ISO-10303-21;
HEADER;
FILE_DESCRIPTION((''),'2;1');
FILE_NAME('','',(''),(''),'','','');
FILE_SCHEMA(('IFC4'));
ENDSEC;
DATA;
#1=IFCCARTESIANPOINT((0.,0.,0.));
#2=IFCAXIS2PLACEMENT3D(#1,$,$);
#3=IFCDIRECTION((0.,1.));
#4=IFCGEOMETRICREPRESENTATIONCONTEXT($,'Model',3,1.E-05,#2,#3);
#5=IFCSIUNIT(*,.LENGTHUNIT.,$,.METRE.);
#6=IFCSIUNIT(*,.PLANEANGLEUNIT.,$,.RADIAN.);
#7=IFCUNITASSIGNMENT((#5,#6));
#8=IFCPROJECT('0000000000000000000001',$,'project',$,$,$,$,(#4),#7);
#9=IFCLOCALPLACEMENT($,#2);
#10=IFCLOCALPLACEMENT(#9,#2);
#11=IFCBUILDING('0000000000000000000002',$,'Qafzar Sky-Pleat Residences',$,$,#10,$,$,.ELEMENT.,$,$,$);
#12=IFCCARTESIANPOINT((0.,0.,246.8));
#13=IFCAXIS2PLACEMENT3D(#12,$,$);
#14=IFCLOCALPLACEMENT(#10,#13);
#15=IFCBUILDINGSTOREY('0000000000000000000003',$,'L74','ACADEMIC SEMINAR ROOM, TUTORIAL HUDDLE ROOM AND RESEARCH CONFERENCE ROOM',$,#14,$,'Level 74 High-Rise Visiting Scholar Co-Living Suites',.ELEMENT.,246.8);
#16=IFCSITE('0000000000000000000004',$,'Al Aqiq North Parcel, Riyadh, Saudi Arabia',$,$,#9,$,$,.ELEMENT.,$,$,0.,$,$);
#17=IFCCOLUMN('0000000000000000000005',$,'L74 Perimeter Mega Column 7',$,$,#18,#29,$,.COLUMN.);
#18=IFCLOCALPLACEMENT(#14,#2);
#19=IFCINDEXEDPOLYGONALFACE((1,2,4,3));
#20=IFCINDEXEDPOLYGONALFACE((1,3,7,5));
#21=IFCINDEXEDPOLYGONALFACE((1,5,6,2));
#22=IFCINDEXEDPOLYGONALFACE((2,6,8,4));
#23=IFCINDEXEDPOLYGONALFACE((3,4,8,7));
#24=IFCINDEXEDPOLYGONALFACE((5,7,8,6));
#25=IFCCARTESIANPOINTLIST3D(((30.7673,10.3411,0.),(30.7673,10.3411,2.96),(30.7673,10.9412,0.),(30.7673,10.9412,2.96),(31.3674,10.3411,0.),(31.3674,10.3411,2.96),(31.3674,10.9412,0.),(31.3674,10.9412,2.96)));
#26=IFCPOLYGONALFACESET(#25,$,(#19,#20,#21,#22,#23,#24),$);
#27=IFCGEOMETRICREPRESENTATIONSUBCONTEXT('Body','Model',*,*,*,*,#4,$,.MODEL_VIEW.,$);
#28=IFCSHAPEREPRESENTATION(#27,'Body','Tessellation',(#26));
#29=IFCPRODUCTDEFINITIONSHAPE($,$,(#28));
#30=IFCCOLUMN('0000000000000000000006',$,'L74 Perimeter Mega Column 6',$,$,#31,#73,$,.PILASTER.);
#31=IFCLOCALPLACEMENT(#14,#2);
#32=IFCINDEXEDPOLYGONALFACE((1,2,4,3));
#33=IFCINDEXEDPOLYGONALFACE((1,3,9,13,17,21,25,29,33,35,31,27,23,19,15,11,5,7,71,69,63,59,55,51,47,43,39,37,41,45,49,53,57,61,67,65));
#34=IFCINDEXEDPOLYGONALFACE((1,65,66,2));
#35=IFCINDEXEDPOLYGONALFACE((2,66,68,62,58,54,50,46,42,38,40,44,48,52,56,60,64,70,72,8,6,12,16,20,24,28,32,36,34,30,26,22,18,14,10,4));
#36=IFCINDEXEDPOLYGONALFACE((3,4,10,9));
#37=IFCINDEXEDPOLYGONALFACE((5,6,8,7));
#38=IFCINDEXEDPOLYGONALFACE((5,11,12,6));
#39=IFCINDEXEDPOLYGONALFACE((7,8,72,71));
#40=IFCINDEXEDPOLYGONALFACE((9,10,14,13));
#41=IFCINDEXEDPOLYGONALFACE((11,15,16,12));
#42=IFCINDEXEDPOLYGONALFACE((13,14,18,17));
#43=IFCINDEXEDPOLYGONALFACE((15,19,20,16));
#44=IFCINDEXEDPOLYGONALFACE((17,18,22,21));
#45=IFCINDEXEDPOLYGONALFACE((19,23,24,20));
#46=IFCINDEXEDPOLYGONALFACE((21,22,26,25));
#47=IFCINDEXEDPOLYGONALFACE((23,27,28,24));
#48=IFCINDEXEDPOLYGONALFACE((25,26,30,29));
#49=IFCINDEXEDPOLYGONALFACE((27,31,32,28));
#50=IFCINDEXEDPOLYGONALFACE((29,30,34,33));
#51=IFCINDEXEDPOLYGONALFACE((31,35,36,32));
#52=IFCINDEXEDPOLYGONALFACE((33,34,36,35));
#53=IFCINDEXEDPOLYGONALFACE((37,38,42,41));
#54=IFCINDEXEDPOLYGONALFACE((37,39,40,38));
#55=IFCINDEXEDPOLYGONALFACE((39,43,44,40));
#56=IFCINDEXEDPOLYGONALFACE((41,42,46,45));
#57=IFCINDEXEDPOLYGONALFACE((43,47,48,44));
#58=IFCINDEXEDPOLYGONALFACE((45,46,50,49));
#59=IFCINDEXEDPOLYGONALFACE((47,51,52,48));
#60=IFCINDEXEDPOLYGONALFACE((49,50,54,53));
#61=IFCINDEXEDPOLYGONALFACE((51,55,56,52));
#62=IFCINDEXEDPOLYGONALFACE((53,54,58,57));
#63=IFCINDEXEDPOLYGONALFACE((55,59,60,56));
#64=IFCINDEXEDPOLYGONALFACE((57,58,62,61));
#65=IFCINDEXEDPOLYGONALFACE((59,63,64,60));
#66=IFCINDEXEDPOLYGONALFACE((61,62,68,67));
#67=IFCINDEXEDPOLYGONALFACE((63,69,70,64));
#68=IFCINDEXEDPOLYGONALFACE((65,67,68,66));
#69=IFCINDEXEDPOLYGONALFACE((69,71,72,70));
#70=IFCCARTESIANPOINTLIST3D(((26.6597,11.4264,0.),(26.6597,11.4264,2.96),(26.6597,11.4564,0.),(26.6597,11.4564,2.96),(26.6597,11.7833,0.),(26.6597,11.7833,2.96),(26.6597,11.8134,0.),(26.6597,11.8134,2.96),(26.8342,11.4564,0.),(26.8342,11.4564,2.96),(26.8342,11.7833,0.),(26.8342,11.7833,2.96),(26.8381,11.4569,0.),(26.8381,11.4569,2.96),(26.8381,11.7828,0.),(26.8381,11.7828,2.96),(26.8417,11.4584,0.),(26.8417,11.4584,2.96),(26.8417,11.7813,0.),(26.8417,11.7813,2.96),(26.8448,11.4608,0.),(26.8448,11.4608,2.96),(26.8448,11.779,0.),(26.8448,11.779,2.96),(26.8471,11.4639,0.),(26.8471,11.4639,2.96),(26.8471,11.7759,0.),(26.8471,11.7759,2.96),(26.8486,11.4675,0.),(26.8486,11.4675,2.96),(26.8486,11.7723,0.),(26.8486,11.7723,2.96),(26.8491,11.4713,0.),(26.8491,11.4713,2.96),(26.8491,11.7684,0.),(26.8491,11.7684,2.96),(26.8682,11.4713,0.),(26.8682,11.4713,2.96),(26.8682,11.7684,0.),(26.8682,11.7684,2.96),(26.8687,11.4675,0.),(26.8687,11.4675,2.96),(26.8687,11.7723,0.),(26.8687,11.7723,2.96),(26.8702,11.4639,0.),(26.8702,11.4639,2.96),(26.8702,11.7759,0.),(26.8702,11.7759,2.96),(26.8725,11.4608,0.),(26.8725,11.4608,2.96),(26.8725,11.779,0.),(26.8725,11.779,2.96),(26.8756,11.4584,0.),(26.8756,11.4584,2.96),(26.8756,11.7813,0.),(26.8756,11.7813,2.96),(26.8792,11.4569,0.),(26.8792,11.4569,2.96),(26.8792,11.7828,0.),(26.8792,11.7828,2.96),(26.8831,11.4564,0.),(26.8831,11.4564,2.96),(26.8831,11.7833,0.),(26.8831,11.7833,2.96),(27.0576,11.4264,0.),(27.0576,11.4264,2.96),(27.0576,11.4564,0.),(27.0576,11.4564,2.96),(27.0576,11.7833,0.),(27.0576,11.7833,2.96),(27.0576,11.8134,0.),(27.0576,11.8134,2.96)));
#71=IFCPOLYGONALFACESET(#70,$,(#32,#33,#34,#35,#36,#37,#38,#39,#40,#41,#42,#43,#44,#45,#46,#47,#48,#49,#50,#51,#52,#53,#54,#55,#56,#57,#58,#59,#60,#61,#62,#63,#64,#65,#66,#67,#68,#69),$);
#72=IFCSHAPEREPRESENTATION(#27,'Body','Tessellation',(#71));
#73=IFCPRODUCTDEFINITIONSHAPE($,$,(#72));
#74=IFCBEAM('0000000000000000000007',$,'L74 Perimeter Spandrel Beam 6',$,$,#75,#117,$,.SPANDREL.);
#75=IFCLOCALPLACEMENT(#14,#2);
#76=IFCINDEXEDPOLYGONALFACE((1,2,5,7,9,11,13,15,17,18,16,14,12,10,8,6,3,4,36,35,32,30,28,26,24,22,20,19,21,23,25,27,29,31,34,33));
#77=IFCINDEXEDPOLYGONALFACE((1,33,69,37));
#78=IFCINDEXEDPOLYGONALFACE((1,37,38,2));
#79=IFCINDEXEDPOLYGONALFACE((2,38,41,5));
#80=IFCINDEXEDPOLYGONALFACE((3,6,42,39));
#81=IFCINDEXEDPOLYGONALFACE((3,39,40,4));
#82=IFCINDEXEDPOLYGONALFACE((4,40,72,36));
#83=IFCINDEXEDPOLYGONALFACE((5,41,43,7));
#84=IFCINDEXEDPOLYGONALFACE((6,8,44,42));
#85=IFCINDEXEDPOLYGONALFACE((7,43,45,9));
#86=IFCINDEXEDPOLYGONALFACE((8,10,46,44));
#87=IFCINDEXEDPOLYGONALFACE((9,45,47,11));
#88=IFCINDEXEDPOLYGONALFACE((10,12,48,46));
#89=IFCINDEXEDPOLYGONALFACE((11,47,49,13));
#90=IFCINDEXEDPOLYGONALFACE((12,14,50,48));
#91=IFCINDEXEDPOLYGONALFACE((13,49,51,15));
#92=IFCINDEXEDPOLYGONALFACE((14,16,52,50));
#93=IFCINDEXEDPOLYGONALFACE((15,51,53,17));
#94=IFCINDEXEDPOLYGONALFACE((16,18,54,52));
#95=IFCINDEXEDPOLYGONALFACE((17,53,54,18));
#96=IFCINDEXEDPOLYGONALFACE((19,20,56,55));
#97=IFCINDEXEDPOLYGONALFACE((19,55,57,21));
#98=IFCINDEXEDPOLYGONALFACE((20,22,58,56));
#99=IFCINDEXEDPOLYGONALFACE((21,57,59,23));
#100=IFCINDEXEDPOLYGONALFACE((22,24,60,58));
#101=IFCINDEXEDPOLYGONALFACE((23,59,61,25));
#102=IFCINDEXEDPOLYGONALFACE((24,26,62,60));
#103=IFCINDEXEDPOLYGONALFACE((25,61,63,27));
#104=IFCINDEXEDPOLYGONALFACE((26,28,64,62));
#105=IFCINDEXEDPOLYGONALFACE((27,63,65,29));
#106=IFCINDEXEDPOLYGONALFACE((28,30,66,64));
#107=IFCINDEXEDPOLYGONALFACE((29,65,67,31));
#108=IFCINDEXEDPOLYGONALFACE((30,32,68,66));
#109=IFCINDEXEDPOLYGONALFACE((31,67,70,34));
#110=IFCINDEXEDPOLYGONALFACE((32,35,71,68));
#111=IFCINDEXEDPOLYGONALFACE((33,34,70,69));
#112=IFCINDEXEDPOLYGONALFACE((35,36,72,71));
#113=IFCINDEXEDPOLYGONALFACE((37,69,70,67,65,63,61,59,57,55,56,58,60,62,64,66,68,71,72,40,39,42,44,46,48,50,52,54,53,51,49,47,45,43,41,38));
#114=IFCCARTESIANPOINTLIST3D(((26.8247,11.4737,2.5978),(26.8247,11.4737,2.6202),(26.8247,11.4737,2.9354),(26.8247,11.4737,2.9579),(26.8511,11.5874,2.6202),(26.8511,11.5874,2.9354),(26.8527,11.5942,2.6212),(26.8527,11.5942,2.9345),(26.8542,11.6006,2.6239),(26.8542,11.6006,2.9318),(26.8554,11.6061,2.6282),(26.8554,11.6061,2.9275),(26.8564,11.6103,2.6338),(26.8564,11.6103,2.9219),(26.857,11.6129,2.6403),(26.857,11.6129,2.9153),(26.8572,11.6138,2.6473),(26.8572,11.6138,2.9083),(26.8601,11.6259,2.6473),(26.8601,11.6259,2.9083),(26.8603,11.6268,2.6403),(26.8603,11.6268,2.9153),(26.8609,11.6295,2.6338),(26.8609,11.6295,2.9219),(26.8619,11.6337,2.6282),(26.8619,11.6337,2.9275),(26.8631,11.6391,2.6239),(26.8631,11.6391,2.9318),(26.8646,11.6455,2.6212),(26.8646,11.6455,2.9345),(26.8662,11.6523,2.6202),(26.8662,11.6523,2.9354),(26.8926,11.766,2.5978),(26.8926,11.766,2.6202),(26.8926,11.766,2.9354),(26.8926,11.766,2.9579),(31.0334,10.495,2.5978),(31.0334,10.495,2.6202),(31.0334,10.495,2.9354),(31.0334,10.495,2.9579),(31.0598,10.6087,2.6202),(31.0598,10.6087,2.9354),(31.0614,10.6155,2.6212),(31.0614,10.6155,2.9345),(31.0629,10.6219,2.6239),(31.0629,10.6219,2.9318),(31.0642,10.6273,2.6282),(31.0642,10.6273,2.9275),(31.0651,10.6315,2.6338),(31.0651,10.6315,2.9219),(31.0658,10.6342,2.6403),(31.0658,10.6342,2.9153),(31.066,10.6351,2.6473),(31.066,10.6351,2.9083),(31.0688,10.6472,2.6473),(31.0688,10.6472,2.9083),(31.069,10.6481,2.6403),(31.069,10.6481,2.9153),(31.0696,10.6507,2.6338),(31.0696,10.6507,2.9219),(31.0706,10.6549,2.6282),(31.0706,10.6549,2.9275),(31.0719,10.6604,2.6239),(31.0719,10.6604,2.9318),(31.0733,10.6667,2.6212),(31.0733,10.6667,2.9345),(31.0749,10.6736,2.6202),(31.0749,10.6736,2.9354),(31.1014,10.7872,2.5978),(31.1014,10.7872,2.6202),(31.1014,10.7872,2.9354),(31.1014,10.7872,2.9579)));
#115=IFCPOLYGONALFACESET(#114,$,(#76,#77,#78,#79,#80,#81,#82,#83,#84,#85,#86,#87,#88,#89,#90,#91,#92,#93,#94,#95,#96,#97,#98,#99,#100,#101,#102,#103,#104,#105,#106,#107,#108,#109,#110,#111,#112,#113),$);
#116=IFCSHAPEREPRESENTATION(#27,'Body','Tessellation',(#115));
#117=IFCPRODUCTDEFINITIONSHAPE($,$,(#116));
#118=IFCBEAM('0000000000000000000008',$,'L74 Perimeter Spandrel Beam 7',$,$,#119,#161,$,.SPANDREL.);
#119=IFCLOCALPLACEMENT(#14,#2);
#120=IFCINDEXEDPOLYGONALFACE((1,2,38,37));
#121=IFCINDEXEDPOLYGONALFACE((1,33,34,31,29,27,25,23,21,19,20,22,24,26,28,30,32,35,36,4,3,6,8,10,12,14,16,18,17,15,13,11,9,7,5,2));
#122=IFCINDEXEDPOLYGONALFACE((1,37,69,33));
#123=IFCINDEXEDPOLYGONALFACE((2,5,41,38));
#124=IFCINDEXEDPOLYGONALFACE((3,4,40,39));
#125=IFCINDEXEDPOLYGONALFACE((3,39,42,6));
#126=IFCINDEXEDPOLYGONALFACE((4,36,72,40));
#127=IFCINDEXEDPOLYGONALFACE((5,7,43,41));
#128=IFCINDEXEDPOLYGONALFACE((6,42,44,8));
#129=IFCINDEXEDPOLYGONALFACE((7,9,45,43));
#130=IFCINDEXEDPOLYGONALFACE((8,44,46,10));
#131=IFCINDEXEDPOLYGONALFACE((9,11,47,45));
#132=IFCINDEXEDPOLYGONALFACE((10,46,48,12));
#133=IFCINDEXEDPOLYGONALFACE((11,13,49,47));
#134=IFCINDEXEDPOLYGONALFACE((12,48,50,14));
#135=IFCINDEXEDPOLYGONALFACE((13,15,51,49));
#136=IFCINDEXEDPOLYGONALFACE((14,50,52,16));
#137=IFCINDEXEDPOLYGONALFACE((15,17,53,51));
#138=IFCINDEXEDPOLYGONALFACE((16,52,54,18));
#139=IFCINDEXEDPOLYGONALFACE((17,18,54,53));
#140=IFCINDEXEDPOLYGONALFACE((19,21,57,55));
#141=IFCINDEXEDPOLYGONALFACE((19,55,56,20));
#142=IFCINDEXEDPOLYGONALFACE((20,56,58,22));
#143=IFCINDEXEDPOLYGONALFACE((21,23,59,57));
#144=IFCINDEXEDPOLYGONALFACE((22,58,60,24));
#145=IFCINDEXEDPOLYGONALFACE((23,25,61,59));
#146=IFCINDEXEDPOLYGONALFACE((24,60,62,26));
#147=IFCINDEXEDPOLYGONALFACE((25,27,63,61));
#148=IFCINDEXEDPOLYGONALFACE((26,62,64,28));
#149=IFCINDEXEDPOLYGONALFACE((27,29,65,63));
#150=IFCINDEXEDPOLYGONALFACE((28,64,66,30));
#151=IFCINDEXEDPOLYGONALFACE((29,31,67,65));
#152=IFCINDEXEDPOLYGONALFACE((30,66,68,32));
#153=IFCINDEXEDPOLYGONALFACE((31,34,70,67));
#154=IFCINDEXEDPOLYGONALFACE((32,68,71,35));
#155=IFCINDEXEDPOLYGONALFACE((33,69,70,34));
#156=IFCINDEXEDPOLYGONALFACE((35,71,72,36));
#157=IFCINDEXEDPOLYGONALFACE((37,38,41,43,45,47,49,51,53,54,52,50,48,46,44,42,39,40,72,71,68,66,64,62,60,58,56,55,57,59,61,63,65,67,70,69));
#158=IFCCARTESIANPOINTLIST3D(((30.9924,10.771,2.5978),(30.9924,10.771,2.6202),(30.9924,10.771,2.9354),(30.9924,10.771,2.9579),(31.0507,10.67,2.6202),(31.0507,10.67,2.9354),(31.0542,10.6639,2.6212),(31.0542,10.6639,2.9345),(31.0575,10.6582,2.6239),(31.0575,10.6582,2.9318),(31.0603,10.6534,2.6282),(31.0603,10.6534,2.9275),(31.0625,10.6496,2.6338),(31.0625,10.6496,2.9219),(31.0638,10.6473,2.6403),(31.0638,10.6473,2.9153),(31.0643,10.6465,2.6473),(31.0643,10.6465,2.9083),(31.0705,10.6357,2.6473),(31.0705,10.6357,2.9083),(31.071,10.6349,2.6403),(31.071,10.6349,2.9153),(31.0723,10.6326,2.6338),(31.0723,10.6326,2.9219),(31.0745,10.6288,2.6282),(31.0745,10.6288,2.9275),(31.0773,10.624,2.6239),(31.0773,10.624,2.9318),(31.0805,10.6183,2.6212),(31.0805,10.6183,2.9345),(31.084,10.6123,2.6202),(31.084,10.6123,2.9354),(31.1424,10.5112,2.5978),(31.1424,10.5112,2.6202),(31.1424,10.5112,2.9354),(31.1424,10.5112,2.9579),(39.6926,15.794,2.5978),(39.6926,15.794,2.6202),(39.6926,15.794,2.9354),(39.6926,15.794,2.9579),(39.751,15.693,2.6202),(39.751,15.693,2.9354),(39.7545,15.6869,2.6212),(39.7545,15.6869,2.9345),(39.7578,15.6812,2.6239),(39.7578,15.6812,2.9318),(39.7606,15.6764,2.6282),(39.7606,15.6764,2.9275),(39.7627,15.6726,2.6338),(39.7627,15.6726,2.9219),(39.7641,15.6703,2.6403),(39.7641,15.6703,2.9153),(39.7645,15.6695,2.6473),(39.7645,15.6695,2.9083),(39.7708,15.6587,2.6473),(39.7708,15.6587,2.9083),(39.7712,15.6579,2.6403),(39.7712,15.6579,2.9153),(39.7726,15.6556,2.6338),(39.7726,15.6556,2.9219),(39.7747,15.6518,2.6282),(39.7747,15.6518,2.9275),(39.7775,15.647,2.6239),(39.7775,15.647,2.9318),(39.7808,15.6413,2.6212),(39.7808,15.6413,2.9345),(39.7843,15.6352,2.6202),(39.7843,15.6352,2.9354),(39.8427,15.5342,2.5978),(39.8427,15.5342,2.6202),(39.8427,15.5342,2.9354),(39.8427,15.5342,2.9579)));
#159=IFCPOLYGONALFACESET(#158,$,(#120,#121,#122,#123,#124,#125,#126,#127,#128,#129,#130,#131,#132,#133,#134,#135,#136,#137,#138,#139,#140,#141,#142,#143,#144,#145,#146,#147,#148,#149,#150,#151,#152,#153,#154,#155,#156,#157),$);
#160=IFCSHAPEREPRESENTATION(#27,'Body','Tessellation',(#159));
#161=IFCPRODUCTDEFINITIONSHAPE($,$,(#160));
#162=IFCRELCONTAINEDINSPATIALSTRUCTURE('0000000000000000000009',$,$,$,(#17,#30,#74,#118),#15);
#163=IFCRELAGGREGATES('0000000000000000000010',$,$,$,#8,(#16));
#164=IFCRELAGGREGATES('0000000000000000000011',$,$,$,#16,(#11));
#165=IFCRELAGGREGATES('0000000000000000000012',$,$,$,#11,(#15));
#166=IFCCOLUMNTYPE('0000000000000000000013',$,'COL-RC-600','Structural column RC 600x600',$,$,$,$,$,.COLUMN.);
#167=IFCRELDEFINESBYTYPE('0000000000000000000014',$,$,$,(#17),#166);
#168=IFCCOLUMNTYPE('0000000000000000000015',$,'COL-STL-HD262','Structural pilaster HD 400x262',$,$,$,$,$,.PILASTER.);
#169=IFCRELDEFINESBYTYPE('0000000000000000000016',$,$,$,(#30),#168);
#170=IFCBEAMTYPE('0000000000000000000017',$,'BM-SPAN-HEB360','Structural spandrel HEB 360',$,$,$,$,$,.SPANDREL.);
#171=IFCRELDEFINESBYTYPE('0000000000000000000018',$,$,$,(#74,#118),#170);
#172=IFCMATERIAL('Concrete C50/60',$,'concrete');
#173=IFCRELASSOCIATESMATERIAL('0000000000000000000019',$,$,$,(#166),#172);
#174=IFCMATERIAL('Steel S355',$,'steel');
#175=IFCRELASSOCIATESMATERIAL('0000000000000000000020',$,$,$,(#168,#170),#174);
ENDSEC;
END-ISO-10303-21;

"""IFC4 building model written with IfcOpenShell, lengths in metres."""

from ifc_helpers import new_model, si_unit, direction, frame, origin, origin_2d, place, context, subcontext, project, spatial, rectangle, i_section, extrude, source, transform, mapped, material, material_profile, profile_set, type_object, element, save


model = new_model("IFC4")

# Units and contexts
model_context = context("Model", 3, precision=1e-05, world=origin(), true_north=direction((0.0, 1.0)))
body_context = subcontext(model_context, "Body", "Model", "MODEL_VIEW")
ifc_project = project(units=[si_unit("LENGTHUNIT", "METRE"), si_unit("PLANEANGLEUNIT", "RADIAN")], contexts=[model_context])

# Site, building, storey
site_placement = place(None, origin())
site = spatial("IfcSite", under=ifc_project, at=site_placement, Name="Al Aqiq North Parcel, Riyadh, Saudi Arabia", CompositionType="ELEMENT", RefElevation=0.0)
building_placement = place(site_placement, origin())
building = spatial("IfcBuilding", under=site, at=building_placement, Name="Qafzar Sky-Pleat Residences", CompositionType="ELEMENT")
storey_placement = place(building_placement, frame((0.0, 0.0, 246.8)))
storey = spatial("IfcBuildingStorey", under=building, at=storey_placement, Name="L74", Description="ACADEMIC SEMINAR ROOM, TUTORIAL HUDDLE ROOM AND RESEARCH CONFERENCE ROOM", LongName="Level 74 High-Rise Visiting Scholar Co-Living Suites", CompositionType="ELEMENT", Elevation=246.8)

# Columns
ifc_material_1 = material(Name="Concrete C50/60", Category="concrete")
ifc_material_profile_1 = material_profile(ifc_material_1, rectangle(XDim=0.6001, YDim=0.6001, at=origin_2d()), Name="RC 600x600")
ifc_profile_set_1 = profile_set([ifc_material_profile_1], Name="Concrete C50/60")
column_type_1 = type_object("IfcColumnType", Name="COL-RC-600", Description="Structural column RC 600x600", PredefinedType="COLUMN", material=ifc_profile_set_1)
shared_shape_1 = source(origin(), body_context, "Body", "SweptSolid", [
    extrude(rectangle(XDim=0.6001, YDim=0.6001, at=origin_2d()), origin(), (0.0, 0.0, 1.0), 2.96),
])
column_1_placement = place(storey_placement, frame((31.0674, 10.6411, 0.0), z_axis=(0.0, 0.0, 1.0), x_axis=(1.0, 0.0, 0.0)))
element("IfcColumn", 1, at=column_1_placement, inside=storey, type_object=column_type_1, Name="L74 Perimeter Mega Column 7", PredefinedType="COLUMN", context=body_context, shape_type="MappedRepresentation", body=[
    mapped(shared_shape_1, transform((0.0, 0.0, 0.0), x_axis=(1.0, 0.0, 0.0), y_axis=(0.0, 1.0, 0.0), z_axis=(0.0, 0.0, 1.0), scale=1.0)),
])
ifc_material_2 = material(Name="Steel S355", Category="steel")
ifc_material_profile_2 = material_profile(ifc_material_2, i_section(OverallWidth=0.3979, OverallDepth=0.387, WebThickness=0.019, FlangeThickness=0.03, FilletRadius=0.0149, at=origin_2d()), Name="HD 400x262")
ifc_profile_set_2 = profile_set([ifc_material_profile_2], Name="Steel S355")
column_type_2 = type_object("IfcColumnType", Name="COL-STL-HD262", Description="Structural pilaster HD 400x262", PredefinedType="PILASTER", material=ifc_profile_set_2)
shared_shape_2 = source(origin(), body_context, "Body", "SweptSolid", [
    extrude(i_section(OverallWidth=0.3979, OverallDepth=0.387, WebThickness=0.019, FlangeThickness=0.03, FilletRadius=0.0149, at=origin_2d()), origin(), (0.0, 0.0, 1.0), 2.96),
])
column_2_placement = place(storey_placement, frame((26.8586, 11.6199, 0.0), z_axis=(0.0, 0.0, 1.0), x_axis=(1.0, 0.0, 0.0)))
element("IfcColumn", 2, at=column_2_placement, inside=storey, type_object=column_type_2, Name="L74 Perimeter Mega Column 6", PredefinedType="PILASTER", context=body_context, shape_type="MappedRepresentation", body=[
    mapped(shared_shape_2, transform((0.0, 0.0, 0.0), x_axis=(1.0, 0.0, 0.0), y_axis=(0.0, 1.0, 0.0), z_axis=(0.0, 0.0, 1.0), scale=1.0)),
])

# Beams
ifc_material_profile_3 = material_profile(ifc_material_2, i_section(OverallWidth=0.3, OverallDepth=0.3601, WebThickness=0.0125, FlangeThickness=0.0225, FilletRadius=0.0271, at=origin_2d()), Name="HEB 360")
ifc_profile_set_3 = profile_set([ifc_material_profile_3], Name="Steel S355")
beam_type_1 = type_object("IfcBeamType", Name="BM-SPAN-HEB360", Description="Structural spandrel HEB 360", PredefinedType="SPANDREL", material=ifc_profile_set_3)
shared_shape_3 = source(origin(), body_context, "Body", "SweptSolid", [
    extrude(i_section(OverallWidth=0.3, OverallDepth=0.3601, WebThickness=0.0125, FlangeThickness=0.0225, FilletRadius=0.0271, at=origin_2d()), origin(), (0.0, 0.0, 1.0), 4.321),
])
beam_1_placement = place(storey_placement, frame((26.8586, 11.6199, 2.7778), z_axis=(0.974009, -0.22651, 0.0), x_axis=(0.22651, 0.974009, 0.0)))
element("IfcBeam", 3, at=beam_1_placement, inside=storey, type_object=beam_type_1, Name="L74 Perimeter Spandrel Beam 6", PredefinedType="SPANDREL", context=body_context, shape_type="MappedRepresentation", body=[
    mapped(shared_shape_3, transform((0.0, 0.0, 0.0), x_axis=(1.0, 0.0, 0.0), y_axis=(0.0, 1.0, 0.0), z_axis=(0.0, 0.0, 1.0), scale=1.0)),
])
shared_shape_4 = source(origin(), body_context, "Body", "SweptSolid", [
    extrude(i_section(OverallWidth=0.3, OverallDepth=0.3601, WebThickness=0.0125, FlangeThickness=0.0225, FilletRadius=0.0271, at=origin_2d()), origin(), (0.0, 0.0, 1.0), 10.0461),
])
beam_2_placement = place(storey_placement, frame((31.0674, 10.6411, 2.7778), z_axis=(0.86603, 0.499992, 0.0), x_axis=(-0.499992, 0.86603, 0.0)))
element("IfcBeam", 4, at=beam_2_placement, inside=storey, type_object=beam_type_1, Name="L74 Perimeter Spandrel Beam 7", PredefinedType="SPANDREL", context=body_context, shape_type="MappedRepresentation", body=[
    mapped(shared_shape_4, transform((0.0, 0.0, 0.0), x_axis=(1.0, 0.0, 0.0), y_axis=(0.0, 1.0, 0.0), z_axis=(0.0, 0.0, 1.0), scale=1.0)),
])

save(model, "model.ifc")
